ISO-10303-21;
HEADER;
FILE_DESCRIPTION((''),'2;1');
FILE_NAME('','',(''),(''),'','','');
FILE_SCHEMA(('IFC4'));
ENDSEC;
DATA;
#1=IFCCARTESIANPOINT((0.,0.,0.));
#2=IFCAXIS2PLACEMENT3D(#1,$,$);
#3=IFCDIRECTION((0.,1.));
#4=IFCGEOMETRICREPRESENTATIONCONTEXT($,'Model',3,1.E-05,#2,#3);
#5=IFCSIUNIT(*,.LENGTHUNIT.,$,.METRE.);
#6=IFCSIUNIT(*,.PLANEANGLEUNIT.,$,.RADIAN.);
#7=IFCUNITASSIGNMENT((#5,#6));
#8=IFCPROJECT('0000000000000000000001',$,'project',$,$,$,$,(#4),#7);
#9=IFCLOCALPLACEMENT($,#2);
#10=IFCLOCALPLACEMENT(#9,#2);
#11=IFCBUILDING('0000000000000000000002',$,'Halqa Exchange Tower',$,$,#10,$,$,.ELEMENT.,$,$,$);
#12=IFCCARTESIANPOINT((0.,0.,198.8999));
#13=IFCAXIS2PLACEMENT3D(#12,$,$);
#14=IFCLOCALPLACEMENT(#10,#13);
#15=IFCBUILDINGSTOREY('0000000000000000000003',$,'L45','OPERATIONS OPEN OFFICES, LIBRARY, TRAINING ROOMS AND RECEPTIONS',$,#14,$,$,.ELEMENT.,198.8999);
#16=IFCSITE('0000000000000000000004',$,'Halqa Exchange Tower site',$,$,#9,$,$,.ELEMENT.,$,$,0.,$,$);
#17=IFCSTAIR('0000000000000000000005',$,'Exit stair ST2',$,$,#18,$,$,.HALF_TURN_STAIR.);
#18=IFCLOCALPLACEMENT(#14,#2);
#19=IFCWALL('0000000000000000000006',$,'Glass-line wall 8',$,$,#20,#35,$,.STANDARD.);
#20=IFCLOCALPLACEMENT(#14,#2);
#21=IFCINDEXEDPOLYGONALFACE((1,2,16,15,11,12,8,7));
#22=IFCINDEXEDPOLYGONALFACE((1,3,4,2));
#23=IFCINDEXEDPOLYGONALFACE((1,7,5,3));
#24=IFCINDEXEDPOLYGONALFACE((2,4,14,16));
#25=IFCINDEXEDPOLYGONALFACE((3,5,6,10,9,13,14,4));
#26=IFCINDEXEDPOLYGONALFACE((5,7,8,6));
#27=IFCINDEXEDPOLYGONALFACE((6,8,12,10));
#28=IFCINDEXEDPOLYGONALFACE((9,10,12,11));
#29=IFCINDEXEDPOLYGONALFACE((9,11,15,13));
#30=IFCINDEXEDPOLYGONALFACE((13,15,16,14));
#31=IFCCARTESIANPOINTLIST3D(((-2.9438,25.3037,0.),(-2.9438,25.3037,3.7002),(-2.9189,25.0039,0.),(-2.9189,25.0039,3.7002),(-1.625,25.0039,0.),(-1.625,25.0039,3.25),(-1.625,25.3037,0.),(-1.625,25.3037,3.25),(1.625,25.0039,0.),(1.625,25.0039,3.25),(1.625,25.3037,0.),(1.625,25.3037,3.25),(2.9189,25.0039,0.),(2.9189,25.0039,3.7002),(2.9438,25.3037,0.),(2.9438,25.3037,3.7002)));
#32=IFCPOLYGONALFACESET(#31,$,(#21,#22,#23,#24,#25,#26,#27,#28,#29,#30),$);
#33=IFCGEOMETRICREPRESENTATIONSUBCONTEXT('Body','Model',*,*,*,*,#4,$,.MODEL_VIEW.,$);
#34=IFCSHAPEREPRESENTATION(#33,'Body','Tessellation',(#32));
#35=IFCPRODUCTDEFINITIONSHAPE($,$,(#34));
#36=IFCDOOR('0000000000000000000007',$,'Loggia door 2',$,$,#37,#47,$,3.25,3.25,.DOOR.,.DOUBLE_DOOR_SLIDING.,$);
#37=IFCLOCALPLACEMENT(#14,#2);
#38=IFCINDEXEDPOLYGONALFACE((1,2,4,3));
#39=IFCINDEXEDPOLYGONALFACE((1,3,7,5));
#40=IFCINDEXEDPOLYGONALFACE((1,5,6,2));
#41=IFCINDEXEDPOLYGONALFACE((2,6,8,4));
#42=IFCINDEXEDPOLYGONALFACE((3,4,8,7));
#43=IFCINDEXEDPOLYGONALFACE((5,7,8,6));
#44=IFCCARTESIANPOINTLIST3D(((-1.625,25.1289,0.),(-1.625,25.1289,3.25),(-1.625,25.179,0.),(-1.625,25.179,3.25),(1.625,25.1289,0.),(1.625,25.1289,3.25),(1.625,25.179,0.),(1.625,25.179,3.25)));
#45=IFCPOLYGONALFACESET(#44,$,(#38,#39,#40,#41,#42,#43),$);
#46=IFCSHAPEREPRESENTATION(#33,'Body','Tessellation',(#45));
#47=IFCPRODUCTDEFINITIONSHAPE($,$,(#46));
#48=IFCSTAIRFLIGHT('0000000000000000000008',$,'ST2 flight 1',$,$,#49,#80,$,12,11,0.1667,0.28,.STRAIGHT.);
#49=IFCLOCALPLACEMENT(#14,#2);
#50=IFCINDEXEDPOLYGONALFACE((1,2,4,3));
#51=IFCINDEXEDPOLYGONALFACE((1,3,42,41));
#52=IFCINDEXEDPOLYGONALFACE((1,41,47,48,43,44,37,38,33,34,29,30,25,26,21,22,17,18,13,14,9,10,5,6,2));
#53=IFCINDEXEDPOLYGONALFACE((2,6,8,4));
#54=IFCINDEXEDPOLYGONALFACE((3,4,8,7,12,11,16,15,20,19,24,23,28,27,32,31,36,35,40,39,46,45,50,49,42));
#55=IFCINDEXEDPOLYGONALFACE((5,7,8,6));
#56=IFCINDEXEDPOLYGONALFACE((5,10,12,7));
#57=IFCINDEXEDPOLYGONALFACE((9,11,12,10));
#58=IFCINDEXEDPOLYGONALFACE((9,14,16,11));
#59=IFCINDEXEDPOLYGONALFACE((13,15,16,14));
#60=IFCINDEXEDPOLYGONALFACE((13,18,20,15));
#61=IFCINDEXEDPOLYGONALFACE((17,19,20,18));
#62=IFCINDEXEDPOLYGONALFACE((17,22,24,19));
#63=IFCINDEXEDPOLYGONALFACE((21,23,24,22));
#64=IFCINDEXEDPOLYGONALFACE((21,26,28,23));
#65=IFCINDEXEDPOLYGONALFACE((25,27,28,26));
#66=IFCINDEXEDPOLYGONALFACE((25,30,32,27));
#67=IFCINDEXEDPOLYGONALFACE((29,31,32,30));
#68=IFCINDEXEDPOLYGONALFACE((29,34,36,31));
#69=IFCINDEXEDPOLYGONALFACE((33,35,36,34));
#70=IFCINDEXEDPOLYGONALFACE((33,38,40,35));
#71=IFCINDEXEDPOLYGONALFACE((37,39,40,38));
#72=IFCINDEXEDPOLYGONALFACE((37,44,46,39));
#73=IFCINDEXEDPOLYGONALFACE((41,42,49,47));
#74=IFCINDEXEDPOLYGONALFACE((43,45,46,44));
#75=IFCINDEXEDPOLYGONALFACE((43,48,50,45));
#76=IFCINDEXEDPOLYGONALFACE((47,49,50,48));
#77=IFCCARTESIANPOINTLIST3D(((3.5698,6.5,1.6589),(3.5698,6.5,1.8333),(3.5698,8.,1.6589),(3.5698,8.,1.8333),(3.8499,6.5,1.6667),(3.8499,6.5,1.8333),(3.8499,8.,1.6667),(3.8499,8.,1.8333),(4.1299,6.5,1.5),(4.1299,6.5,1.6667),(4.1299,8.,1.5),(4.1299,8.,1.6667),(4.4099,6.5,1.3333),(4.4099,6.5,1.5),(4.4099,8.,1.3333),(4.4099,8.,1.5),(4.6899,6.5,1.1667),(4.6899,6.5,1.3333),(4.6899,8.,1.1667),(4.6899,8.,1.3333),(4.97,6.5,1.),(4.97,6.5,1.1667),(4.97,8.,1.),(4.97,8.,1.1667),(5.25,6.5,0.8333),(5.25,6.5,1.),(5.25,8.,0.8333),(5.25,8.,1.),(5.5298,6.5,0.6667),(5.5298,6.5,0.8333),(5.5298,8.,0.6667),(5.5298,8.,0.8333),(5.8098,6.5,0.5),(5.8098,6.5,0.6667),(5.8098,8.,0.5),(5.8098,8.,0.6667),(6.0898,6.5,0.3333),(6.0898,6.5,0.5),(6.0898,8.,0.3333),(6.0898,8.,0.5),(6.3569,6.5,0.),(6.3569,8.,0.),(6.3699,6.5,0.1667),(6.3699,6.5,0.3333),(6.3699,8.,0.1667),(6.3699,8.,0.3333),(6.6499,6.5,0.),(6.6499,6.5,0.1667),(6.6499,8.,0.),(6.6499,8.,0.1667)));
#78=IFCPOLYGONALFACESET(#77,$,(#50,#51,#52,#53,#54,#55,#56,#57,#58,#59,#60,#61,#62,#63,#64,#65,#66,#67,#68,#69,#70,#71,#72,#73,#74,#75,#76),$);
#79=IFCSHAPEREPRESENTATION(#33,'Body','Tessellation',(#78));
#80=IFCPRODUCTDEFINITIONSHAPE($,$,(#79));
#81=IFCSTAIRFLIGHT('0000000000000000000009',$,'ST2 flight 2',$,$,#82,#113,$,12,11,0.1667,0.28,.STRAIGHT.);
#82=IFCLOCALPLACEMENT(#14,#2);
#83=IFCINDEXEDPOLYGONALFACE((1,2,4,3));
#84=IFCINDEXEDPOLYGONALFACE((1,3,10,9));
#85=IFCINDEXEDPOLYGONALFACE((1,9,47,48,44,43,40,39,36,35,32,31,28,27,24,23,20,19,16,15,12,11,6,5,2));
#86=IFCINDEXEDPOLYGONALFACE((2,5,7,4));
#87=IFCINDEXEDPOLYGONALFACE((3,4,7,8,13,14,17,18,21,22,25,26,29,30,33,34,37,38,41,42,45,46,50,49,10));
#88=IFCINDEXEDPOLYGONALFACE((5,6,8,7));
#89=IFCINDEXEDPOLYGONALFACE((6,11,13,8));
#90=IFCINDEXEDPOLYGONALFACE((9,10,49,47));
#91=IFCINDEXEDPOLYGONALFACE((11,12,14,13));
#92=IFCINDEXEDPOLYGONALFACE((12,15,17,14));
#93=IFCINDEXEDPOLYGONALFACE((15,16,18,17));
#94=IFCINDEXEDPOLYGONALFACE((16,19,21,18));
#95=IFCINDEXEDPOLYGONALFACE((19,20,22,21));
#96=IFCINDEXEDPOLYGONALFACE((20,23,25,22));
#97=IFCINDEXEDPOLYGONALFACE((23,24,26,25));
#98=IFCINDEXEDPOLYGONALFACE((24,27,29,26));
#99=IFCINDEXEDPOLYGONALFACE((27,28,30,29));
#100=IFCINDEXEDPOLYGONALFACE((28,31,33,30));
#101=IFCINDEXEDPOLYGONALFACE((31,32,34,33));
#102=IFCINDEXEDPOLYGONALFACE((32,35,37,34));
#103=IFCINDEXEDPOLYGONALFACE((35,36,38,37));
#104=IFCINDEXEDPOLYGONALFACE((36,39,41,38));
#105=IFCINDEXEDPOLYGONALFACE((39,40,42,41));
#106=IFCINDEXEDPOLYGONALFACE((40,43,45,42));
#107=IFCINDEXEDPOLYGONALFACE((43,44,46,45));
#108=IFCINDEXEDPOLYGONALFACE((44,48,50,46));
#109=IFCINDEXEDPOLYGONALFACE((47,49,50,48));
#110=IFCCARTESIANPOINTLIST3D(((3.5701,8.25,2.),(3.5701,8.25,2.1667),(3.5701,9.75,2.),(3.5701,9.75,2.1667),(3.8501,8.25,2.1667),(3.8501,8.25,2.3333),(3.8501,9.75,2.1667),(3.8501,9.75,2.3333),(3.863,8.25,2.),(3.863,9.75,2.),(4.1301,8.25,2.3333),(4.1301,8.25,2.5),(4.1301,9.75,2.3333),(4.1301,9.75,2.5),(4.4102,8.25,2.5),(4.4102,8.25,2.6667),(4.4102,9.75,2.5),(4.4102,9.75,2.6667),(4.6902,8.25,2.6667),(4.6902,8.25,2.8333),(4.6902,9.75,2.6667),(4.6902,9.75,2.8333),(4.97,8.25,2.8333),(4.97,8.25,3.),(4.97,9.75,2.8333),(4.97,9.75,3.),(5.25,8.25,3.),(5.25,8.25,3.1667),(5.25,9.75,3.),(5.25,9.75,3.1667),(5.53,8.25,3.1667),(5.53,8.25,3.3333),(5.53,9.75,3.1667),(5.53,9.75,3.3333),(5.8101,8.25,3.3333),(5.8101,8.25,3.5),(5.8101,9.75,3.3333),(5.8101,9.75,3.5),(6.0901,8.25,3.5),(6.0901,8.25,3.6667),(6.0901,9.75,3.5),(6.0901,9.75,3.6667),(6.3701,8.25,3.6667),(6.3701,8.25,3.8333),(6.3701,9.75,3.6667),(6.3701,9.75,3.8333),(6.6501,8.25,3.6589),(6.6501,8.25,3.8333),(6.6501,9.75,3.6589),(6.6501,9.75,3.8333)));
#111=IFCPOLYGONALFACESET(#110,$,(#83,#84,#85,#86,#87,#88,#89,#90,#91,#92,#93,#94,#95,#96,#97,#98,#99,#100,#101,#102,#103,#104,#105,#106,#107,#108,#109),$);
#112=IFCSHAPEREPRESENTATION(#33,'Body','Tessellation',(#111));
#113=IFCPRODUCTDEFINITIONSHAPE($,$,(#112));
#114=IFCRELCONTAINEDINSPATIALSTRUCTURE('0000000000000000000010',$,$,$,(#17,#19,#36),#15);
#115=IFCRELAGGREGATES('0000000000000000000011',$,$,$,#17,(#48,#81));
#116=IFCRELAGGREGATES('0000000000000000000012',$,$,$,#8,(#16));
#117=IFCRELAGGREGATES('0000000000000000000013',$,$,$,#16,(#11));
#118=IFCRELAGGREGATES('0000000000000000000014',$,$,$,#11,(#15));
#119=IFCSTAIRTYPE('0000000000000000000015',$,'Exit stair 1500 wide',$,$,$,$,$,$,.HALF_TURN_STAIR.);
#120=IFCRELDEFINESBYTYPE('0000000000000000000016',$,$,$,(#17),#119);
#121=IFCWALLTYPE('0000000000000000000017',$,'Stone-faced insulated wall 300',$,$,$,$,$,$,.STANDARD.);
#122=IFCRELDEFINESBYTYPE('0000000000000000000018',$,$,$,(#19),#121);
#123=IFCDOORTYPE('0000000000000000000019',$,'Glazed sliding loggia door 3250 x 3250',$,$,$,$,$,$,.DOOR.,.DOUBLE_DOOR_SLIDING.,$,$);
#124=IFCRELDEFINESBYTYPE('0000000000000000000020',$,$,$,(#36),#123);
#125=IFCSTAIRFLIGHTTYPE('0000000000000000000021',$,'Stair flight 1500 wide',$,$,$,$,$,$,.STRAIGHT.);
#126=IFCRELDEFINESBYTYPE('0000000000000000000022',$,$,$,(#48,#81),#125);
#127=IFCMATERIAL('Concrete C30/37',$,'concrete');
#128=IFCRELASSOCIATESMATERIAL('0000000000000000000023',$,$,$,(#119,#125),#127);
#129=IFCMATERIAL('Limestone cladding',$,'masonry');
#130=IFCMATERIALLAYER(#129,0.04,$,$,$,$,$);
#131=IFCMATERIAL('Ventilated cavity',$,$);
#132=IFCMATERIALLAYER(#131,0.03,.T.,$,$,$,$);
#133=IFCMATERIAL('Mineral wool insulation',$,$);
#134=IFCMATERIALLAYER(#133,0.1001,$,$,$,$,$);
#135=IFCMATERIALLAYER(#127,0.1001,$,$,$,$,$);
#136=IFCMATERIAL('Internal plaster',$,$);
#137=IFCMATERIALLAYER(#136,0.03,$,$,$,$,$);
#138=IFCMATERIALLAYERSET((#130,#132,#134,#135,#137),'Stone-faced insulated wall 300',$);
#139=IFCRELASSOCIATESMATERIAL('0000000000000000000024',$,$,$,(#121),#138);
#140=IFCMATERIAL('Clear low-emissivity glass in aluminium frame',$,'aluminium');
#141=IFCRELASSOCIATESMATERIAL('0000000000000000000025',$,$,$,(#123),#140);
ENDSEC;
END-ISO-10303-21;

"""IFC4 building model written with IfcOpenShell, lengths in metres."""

from ifc_helpers import new_model, si_unit, direction, frame, frame_2d, origin, place, context, subcontext, project, spatial, polyline, rectangle, outline, extrude, material, layer, layer_set, type_object, element, fill, aggregate, save


model = new_model("IFC4")

# Units and contexts
model_context = context("Model", 3, precision=1e-05, world=origin(), true_north=direction((0.0, 1.0)))
body_context = subcontext(model_context, "Body", "Model", "MODEL_VIEW")
ifc_project = project(units=[si_unit("LENGTHUNIT", "METRE"), si_unit("PLANEANGLEUNIT", "RADIAN")], contexts=[model_context])

# Site, building, storey
site_placement = place(None, origin())
site = spatial("IfcSite", under=ifc_project, at=site_placement, Name="Halqa Exchange Tower site", CompositionType="ELEMENT", RefElevation=0.0)
building_placement = place(site_placement, origin())
building = spatial("IfcBuilding", under=site, at=building_placement, Name="Halqa Exchange Tower", CompositionType="ELEMENT")
storey_placement = place(building_placement, frame((0.0, 0.0, 198.8999)))
storey = spatial("IfcBuildingStorey", under=building, at=storey_placement, Name="L45", Description="OPERATIONS OPEN OFFICES, LIBRARY, TRAINING ROOMS AND RECEPTIONS", CompositionType="ELEMENT", Elevation=198.8999)

# Stair
ifc_material_1 = material(Name="Concrete C30/37", Category="concrete")
stair_type = type_object("IfcStairType", Name="Exit stair 1500 wide", PredefinedType="HALF_TURN_STAIR", material=ifc_material_1)
stair_1_placement = place(storey_placement, origin())
stair_1 = element("IfcStair", 1, at=stair_1_placement, inside=storey, type_object=stair_type, Name="Exit stair ST2", PredefinedType="HALF_TURN_STAIR")

# Shared definitions
ifc_material_2 = material(Name="Limestone cladding", Category="masonry")
ifc_layer_1 = layer(ifc_material_2, 0.04)
ifc_material_3 = material(Name="Ventilated cavity")
ifc_layer_2 = layer(ifc_material_3, 0.03, ventilated=True)
ifc_material_4 = material(Name="Mineral wool insulation")
ifc_layer_3 = layer(ifc_material_4, 0.1001)
ifc_layer_4 = layer(ifc_material_1, 0.1001)
ifc_material_5 = material(Name="Internal plaster")
ifc_layer_5 = layer(ifc_material_5, 0.03)
ifc_layer_set_1 = layer_set([ifc_layer_1, ifc_layer_2, ifc_layer_3, ifc_layer_4, ifc_layer_5], Name="Stone-faced insulated wall 300")
wall_type_1 = type_object("IfcWallType", Name="Stone-faced insulated wall 300", PredefinedType="STANDARD", material=ifc_layer_set_1)
ifc_material_6 = material(Name="Clear low-emissivity glass in aluminium frame", Category="aluminium")

# Wall, opening, door
wall_1_placement = place(storey_placement, frame((2.9314, 25.1538, 0.0), z_axis=(0.0, 0.0, 1.0), x_axis=(-1.0, 0.0, 0.0)))
wall_1 = element("IfcWall", 2, at=wall_1_placement, inside=storey, type_object=wall_type_1, Name="Glass-line wall 8", PredefinedType="STANDARD", context=body_context, shape_type="SweptSolid", body=[
    extrude(outline(polyline([(-0.0125, -0.1499), (5.8752, -0.1499), (5.8503, 0.1499), (0.0125, 0.1499), (-0.0125, -0.1499)])), origin(), (0.0, 0.0, 1.0), 3.7002),
])
opening_1_placement = place(wall_1_placement, frame((1.3064, 0.0, 0.0)))
opening_1 = element("IfcOpeningElement", 3, at=opening_1_placement, cuts=wall_1, PredefinedType="OPENING", context=body_context, shape_type="SweptSolid", body=[
    extrude(rectangle(XDim=3.25, YDim=3.25, at=frame_2d((1.625, 1.625))), frame((0.0, 0.1621, 0.0), z_axis=(0.0, -1.0, 0.0), x_axis=(1.0, 0.0, 0.0)), (0.0, 0.0, 1.0), 0.324),
])
door_type_1 = type_object("IfcDoorType", Name="Glazed sliding loggia door 3250 x 3250", OperationType="DOUBLE_DOOR_SLIDING", PredefinedType="DOOR", material=ifc_material_6)
door_1_placement = place(opening_1_placement, origin())
door_1 = element("IfcDoor", 4, at=door_1_placement, inside=storey, type_object=door_type_1, Name="Loggia door 2", OperationType="DOUBLE_DOOR_SLIDING", OverallHeight=3.25, OverallWidth=3.25, PredefinedType="DOOR", context=body_context, shape_type="SweptSolid", body=[
    extrude(rectangle(XDim=3.25, YDim=3.25, at=frame_2d((1.625, 1.625))), frame((0.0, 0.0249, 0.0), z_axis=(0.0, -1.0, 0.0), x_axis=(1.0, 0.0, 0.0)), (0.0, 0.0, 1.0), 0.05),
])
fill(opening_1, door_1)

# Stair flights
stair_flight_type = type_object("IfcStairFlightType", Name="Stair flight 1500 wide", PredefinedType="STRAIGHT", material=ifc_material_1)
stair_flight_1_placement = place(storey_placement, frame((6.6499, 7.25, 0.0), z_axis=(0.0, 0.0, 1.0), x_axis=(-1.0, 0.0, 0.0)))
stair_flight_1 = element("IfcStairFlight", 5, at=stair_flight_1_placement, type_object=stair_flight_type, Name="ST2 flight 1", NumberOfRisers=12, NumberOfTreads=11, PredefinedType="STRAIGHT", RiserHeight=0.1667, TreadLength=0.28, context=body_context, shape_type="SweptSolid", body=[
    extrude(outline(polyline([(0.0, 0.0), (0.0, 0.1667), (0.28, 0.1667), (0.28, 0.3333), (0.5601, 0.3333), (0.5601, 0.5), (0.8401, 0.5), (0.8401, 0.6667), (1.1201, 0.6667), (1.1201, 0.8333), (1.3999, 0.8333), (1.3999, 1.0), (1.6799, 1.0), (1.6799, 1.1667), (1.96, 1.1667), (1.96, 1.3333), (2.24, 1.3333), (2.24, 1.5), (2.52, 1.5), (2.52, 1.6667), (2.8, 1.6667), (2.8, 1.8333), (3.0801, 1.8333), (3.0801, 2.0), (3.0801, 1.6589), (0.293, 0.0), (0.0, 0.0)])), frame((0.0, 0.75, 0.0), z_axis=(0.0, -1.0, 0.0), x_axis=(1.0, 0.0, 0.0)), (0.0, 0.0, 1.0), 1.5),
])
stair_flight_2_placement = place(storey_placement, frame((3.5701, 9.0, 2.0), z_axis=(0.0, 0.0, 1.0), x_axis=(1.0, 0.0, 0.0)))
stair_flight_2 = element("IfcStairFlight", 6, at=stair_flight_2_placement, type_object=stair_flight_type, Name="ST2 flight 2", NumberOfRisers=12, NumberOfTreads=11, PredefinedType="STRAIGHT", RiserHeight=0.1667, TreadLength=0.28, context=body_context, shape_type="SweptSolid", body=[
    extrude(outline(polyline([(0.0, 0.0), (0.0, 0.1667), (0.28, 0.1667), (0.28, 0.3333), (0.5601, 0.3333), (0.5601, 0.5), (0.8401, 0.5), (0.8401, 0.6667), (1.1201, 0.6667), (1.1201, 0.8333), (1.3999, 0.8333), (1.3999, 1.0), (1.6799, 1.0), (1.6799, 1.1667), (1.96, 1.1667), (1.96, 1.3333), (2.24, 1.3333), (2.24, 1.5), (2.52, 1.5), (2.52, 1.6667), (2.8, 1.6667), (2.8, 1.8333), (3.0801, 1.8333), (3.0801, 2.0), (3.0801, 1.6589), (0.293, 0.0), (0.0, 0.0)])), frame((0.0, 0.75, 0.0), z_axis=(0.0, -1.0, 0.0), x_axis=(1.0, 0.0, 0.0)), (0.0, 0.0, 1.0), 1.5),
])
aggregate(stair_1, [stair_flight_1, stair_flight_2])

save(model, "model.ifc")
